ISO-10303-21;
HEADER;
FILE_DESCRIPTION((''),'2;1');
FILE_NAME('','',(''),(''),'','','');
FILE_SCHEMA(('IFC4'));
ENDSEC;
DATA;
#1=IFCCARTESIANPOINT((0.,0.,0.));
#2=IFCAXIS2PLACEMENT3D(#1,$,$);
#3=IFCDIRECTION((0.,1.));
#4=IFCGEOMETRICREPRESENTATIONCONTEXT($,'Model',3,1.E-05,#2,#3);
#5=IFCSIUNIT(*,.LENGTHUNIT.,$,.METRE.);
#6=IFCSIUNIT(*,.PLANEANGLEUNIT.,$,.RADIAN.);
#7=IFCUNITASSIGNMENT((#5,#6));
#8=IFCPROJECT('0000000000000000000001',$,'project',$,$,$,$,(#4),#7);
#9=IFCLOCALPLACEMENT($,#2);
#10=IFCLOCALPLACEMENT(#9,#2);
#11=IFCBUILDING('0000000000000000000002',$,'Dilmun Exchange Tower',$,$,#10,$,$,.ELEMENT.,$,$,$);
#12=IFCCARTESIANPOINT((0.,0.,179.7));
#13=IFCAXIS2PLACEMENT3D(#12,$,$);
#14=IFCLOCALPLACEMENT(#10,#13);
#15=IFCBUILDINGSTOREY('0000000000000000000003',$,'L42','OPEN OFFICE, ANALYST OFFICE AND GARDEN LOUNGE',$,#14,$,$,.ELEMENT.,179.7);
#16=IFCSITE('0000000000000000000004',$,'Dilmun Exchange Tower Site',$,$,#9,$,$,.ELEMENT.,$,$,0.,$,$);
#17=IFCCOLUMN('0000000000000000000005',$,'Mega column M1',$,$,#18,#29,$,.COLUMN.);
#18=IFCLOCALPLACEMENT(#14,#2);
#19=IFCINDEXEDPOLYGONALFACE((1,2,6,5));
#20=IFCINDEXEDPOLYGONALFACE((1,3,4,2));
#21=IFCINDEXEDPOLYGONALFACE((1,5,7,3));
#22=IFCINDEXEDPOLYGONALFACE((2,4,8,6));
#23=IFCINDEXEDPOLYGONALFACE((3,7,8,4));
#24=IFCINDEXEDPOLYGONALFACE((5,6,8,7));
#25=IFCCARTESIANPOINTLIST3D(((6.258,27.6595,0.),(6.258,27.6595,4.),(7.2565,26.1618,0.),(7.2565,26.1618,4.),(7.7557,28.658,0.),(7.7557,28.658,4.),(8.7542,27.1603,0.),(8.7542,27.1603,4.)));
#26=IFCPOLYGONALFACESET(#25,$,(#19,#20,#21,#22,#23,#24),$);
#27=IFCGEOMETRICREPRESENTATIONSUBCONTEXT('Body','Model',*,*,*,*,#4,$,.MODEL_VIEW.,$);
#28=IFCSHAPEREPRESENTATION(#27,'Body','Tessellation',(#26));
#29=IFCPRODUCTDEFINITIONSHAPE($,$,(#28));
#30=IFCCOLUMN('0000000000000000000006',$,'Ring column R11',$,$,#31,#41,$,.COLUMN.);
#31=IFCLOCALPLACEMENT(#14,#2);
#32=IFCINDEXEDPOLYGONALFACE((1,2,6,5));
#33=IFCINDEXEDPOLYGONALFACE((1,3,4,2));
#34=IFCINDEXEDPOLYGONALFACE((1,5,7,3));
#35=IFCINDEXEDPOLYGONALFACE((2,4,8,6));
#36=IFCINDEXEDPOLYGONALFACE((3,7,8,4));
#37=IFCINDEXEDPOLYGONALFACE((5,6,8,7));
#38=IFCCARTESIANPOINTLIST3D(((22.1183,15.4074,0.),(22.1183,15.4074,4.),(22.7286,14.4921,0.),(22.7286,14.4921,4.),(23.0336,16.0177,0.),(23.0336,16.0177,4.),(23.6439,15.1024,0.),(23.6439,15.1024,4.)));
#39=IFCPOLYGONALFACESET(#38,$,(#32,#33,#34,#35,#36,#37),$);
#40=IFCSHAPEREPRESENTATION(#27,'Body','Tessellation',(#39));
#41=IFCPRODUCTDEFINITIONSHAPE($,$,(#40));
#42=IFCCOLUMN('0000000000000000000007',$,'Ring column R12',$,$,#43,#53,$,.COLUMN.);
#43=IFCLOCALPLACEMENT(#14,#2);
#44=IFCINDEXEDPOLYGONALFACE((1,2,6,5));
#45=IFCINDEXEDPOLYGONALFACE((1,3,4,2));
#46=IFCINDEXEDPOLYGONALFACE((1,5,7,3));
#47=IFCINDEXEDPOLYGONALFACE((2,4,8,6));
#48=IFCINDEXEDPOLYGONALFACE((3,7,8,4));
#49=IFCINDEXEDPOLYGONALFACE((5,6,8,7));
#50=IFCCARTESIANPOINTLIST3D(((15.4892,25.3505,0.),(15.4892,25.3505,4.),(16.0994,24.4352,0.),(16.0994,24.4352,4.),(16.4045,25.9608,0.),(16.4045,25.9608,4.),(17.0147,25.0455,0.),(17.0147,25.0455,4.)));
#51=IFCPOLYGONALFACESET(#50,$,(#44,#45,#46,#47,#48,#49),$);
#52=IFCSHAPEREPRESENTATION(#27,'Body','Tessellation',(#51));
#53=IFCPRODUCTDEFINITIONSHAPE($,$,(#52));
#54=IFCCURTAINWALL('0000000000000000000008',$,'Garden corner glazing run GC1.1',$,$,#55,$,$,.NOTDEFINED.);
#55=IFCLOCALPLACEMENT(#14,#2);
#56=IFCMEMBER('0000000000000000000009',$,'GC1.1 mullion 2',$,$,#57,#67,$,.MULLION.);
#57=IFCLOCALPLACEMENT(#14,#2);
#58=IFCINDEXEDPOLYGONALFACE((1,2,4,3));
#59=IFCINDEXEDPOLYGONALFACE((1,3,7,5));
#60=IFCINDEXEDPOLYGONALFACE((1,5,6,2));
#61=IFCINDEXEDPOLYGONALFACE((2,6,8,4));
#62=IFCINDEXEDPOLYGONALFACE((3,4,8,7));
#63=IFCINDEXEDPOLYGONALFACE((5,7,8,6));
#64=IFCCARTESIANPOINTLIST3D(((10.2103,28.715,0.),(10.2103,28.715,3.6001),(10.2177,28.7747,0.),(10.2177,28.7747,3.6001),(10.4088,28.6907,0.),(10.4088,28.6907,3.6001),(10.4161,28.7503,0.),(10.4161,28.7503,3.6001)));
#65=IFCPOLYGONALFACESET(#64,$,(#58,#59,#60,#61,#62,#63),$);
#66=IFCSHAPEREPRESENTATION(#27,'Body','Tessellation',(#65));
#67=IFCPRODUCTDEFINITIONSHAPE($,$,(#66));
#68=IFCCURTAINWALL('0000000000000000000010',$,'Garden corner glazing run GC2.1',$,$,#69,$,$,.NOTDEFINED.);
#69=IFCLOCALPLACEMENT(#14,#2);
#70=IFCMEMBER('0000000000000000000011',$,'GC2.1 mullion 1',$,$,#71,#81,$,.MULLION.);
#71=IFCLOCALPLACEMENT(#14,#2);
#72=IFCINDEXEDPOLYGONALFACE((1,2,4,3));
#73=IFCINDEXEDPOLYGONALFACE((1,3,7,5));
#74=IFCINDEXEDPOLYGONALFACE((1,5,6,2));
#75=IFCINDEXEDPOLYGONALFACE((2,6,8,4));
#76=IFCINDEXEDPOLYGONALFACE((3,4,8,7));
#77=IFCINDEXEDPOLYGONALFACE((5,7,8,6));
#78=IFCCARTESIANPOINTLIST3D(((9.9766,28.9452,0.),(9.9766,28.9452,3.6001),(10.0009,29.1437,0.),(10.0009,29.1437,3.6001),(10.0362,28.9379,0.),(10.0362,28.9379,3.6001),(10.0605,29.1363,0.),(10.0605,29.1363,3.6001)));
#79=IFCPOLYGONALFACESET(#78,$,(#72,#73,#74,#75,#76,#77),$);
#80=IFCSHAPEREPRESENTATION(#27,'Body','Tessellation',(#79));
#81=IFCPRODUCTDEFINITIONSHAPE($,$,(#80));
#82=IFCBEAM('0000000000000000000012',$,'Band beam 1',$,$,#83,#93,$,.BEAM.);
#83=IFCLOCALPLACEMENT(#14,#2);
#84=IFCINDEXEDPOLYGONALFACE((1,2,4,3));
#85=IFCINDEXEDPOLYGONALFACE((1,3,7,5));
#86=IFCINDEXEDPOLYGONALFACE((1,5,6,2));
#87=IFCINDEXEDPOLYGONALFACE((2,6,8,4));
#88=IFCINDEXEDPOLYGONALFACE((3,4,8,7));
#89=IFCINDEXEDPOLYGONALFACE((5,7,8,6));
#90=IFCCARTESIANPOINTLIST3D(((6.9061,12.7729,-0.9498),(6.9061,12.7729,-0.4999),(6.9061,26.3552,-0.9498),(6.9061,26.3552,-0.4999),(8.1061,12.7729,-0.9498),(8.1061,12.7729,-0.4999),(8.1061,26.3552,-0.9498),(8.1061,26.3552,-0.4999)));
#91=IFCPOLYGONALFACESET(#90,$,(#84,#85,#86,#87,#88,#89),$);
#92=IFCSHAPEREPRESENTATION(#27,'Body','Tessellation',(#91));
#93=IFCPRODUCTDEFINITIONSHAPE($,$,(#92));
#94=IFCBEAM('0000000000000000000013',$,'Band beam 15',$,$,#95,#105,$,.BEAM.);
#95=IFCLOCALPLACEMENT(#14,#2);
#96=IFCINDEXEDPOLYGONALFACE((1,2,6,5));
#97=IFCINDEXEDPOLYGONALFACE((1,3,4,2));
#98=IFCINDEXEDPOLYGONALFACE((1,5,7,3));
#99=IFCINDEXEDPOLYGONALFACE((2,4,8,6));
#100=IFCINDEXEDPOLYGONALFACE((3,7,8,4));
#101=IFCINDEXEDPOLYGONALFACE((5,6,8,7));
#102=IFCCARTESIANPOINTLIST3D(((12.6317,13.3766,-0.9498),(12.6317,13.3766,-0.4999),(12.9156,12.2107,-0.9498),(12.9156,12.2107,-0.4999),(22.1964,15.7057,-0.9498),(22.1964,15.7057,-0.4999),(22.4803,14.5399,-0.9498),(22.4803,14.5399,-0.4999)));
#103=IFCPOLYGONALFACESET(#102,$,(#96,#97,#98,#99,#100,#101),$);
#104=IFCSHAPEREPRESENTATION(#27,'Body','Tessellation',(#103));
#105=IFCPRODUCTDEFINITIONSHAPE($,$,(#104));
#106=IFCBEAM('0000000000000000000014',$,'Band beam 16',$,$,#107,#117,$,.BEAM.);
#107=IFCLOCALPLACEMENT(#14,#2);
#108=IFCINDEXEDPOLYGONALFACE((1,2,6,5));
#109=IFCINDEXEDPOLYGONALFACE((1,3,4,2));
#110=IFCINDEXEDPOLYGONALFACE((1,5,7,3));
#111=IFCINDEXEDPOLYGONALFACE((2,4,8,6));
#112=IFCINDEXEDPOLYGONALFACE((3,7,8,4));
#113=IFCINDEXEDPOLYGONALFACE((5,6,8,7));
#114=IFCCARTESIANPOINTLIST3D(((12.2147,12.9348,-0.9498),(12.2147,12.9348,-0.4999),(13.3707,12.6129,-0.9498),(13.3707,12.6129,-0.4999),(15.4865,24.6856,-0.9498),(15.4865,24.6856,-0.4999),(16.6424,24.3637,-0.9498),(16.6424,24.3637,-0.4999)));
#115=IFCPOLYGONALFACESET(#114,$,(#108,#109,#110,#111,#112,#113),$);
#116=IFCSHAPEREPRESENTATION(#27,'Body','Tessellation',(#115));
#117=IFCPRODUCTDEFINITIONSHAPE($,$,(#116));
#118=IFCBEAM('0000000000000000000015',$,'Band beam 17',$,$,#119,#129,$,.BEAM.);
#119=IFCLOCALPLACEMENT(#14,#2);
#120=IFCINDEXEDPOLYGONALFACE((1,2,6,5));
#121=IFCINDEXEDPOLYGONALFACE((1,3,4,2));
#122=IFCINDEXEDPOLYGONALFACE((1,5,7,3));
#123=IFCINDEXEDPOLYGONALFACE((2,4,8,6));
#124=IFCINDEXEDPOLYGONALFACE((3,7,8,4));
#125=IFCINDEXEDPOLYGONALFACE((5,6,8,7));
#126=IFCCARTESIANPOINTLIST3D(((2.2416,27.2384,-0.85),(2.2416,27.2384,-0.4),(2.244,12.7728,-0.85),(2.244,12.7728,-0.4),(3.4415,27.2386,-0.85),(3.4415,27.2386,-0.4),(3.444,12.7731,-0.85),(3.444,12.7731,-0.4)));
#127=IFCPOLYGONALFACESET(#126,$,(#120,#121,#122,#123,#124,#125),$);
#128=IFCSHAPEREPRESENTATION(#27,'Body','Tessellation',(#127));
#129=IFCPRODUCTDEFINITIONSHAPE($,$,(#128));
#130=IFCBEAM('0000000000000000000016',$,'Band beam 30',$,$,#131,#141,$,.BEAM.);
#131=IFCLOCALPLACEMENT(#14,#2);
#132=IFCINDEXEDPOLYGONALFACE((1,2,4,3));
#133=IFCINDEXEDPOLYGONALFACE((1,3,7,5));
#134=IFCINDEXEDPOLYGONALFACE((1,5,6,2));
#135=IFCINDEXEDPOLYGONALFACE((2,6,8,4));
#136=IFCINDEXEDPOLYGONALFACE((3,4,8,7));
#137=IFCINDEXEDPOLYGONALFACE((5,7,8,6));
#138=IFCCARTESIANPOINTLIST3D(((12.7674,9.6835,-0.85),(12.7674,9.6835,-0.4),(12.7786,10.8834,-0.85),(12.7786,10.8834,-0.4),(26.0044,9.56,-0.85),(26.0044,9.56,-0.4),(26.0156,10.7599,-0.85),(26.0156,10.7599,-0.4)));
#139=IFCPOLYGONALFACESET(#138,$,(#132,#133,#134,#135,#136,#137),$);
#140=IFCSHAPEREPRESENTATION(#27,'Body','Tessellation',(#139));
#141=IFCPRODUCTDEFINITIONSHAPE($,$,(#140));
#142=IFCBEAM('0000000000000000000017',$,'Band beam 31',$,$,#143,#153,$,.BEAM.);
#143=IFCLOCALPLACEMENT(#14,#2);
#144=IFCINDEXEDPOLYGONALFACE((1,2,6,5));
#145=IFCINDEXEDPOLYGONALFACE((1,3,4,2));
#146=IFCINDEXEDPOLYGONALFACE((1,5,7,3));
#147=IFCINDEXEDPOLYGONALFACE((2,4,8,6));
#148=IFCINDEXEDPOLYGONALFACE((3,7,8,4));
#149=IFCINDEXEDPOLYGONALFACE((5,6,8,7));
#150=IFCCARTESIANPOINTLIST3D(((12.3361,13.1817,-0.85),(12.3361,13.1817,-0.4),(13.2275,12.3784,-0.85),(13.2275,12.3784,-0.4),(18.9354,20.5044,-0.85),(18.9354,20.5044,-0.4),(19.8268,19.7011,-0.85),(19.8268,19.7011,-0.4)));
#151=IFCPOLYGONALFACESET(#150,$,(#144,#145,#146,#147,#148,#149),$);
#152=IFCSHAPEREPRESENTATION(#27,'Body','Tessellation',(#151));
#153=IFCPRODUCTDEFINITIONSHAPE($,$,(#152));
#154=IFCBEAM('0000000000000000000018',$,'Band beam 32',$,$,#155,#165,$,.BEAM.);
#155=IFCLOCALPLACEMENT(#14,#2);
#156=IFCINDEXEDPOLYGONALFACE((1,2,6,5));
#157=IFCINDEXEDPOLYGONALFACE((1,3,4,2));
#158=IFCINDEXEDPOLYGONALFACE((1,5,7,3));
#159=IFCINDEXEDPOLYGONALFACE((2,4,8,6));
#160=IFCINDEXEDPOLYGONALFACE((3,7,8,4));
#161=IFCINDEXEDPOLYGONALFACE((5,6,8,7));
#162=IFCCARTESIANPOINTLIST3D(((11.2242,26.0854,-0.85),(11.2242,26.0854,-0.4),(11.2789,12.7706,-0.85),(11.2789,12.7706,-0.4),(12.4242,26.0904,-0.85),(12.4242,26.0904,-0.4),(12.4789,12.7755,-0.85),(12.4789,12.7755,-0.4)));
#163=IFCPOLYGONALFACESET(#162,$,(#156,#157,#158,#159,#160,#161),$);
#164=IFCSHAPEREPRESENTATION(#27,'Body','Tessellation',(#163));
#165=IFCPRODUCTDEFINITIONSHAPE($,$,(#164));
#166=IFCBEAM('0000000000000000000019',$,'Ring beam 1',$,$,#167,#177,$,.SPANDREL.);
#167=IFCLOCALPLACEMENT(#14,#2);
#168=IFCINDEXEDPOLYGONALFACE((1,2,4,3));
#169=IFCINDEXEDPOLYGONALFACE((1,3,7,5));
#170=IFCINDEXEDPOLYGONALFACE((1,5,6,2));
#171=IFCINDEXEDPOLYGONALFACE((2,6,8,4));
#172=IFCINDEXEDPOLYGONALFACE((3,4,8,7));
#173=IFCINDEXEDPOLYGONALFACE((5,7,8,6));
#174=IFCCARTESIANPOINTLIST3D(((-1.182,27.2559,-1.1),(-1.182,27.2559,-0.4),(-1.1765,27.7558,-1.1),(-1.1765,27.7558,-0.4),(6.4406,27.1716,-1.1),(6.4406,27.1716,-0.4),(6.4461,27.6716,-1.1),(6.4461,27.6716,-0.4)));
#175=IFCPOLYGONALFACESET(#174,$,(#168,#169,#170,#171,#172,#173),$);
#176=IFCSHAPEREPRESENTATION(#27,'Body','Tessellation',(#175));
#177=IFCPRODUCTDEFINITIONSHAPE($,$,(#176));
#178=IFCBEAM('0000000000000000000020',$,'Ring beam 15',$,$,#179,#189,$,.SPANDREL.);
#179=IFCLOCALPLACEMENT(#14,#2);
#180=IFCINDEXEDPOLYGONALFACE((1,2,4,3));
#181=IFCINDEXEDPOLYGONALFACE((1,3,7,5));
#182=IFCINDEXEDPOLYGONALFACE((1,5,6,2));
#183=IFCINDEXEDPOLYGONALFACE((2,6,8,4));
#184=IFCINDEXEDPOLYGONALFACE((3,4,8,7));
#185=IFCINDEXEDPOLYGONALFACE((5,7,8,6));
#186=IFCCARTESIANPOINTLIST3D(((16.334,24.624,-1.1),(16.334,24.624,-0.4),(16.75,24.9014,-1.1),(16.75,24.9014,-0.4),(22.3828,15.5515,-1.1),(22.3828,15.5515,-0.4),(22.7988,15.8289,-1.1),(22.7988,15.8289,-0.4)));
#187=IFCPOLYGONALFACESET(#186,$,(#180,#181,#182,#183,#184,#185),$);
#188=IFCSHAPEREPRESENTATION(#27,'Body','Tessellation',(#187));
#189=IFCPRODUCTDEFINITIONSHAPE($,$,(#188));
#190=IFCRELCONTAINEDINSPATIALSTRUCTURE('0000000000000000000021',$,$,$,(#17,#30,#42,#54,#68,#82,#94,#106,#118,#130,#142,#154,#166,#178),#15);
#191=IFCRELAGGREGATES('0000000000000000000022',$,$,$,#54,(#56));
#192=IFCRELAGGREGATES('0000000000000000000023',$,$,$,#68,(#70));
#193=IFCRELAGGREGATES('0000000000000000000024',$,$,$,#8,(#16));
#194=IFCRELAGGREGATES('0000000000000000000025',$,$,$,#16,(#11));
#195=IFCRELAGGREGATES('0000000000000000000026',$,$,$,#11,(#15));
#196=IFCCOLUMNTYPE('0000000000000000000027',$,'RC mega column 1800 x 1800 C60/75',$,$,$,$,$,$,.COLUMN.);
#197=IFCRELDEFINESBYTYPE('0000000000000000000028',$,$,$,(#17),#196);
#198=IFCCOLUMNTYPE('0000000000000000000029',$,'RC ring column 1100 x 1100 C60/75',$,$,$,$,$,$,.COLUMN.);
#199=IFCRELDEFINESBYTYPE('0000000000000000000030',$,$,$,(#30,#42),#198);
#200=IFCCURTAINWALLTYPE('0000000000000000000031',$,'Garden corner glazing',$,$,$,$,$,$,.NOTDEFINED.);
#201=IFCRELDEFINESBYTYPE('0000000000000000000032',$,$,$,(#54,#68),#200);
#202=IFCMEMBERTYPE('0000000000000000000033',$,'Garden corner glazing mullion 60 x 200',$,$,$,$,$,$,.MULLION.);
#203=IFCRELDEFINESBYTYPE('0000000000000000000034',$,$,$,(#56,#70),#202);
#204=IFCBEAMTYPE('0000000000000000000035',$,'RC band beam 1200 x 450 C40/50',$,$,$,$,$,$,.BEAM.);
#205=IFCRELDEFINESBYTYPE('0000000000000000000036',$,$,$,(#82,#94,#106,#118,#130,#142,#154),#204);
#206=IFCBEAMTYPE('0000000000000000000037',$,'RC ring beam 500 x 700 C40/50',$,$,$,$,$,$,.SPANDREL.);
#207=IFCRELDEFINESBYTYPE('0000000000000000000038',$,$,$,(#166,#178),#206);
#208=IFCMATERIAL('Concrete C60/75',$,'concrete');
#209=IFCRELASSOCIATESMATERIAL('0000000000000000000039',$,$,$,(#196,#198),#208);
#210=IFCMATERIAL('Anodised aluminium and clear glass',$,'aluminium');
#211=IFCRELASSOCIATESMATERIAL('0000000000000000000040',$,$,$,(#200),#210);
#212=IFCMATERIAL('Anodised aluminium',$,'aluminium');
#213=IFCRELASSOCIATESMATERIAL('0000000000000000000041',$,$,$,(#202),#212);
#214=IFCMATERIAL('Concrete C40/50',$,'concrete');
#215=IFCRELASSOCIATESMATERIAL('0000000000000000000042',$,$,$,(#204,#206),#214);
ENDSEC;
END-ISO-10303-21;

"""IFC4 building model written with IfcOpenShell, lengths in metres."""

from ifc_helpers import new_model, si_unit, direction, frame, origin, origin_2d, place, context, subcontext, project, spatial, rectangle, extrude, material, material_profile, profile_set, type_object, element, aggregate, save


model = new_model("IFC4")

# Units and contexts
model_context = context("Model", 3, precision=1e-05, world=origin(), true_north=direction((0.0, 1.0)))
body_context = subcontext(model_context, "Body", "Model", "MODEL_VIEW")
ifc_project = project(units=[si_unit("LENGTHUNIT", "METRE"), si_unit("PLANEANGLEUNIT", "RADIAN")], contexts=[model_context])

# Site, building, storey
site_placement = place(None, origin())
site = spatial("IfcSite", under=ifc_project, at=site_placement, Name="Dilmun Exchange Tower Site", CompositionType="ELEMENT", RefElevation=0.0)
building_placement = place(site_placement, origin())
building = spatial("IfcBuilding", under=site, at=building_placement, Name="Dilmun Exchange Tower", CompositionType="ELEMENT")
storey_placement = place(building_placement, frame((0.0, 0.0, 179.7)))
storey = spatial("IfcBuildingStorey", under=building, at=storey_placement, Name="L42", Description="OPEN OFFICE, ANALYST OFFICE AND GARDEN LOUNGE", CompositionType="ELEMENT", Elevation=179.7)

# Columns
ifc_material_1 = material(Name="Concrete C60/75", Category="concrete")
ifc_material_profile_1 = material_profile(ifc_material_1, rectangle(XDim=1.8, YDim=1.8, at=origin_2d()), Name="1800 x 1800")
ifc_profile_set_1 = profile_set([ifc_material_profile_1], Name="Concrete C60/75")
column_type_1 = type_object("IfcColumnType", Name="RC mega column 1800 x 1800 C60/75", PredefinedType="COLUMN", material=ifc_profile_set_1)
column_placement = place(storey_placement, frame((7.5061, 27.4099, 0.0), z_axis=(0.0, 0.0, 1.0), x_axis=(0.832029, 0.554733, 0.0)))
element("IfcColumn", 1, at=column_placement, inside=storey, type_object=column_type_1, Name="Mega column M1", PredefinedType="COLUMN", context=body_context, shape_type="SweptSolid", body=[
    extrude(rectangle(XDim=1.8, YDim=1.8, at=origin_2d()), origin(), (0.0, 0.0, 1.0), 4.0),
])
ifc_material_profile_2 = material_profile(ifc_material_1, rectangle(XDim=1.1001, YDim=1.1001, at=origin_2d()), Name="1100 x 1100")
ifc_profile_set_2 = profile_set([ifc_material_profile_2], Name="Concrete C60/75")
column_type_2 = type_object("IfcColumnType", Name="RC ring column 1100 x 1100 C60/75", PredefinedType="COLUMN", material=ifc_profile_set_2)
for number, where, z_axis, x_axis, name in (
    (2, (22.8811, 15.2549, 0.0), (0.0, 0.0, 1.0), (0.832029, 0.554733, 0.0), "Ring column R11"),
    (3, (16.252, 25.198, 0.0), (0.0, 0.0, 1.0), (0.832029, 0.554733, 0.0), "Ring column R12"),
):
    element("IfcColumn", number, at=place(storey_placement, frame(where, z_axis=z_axis, x_axis=x_axis)), inside=storey, type_object=column_type_2, Name=name, PredefinedType="COLUMN", context=body_context, shape_type="SweptSolid", body=[
        extrude(rectangle(XDim=1.1001, YDim=1.1001, at=origin_2d()), origin(), (0.0, 0.0, 1.0), 4.0),
    ])

# Curtain walls, members
ifc_material_2 = material(Name="Anodised aluminium and clear glass", Category="aluminium")
curtain_wall_type = type_object("IfcCurtainWallType", Name="Garden corner glazing", PredefinedType="NOTDEFINED", material=ifc_material_2)
curtain_wall_1_placement = place(storey_placement, origin())
curtain_wall_1 = element("IfcCurtainWall", 4, at=curtain_wall_1_placement, inside=storey, type_object=curtain_wall_type, Name="Garden corner glazing run GC1.1", PredefinedType="NOTDEFINED")
ifc_material_3 = material(Name="Anodised aluminium", Category="aluminium")
ifc_material_profile_3 = material_profile(ifc_material_3, rectangle(XDim=0.2, YDim=0.0601, at=origin_2d()), Name="AL 60x200")
ifc_profile_set_3 = profile_set([ifc_material_profile_3], Name="Anodised aluminium")
member_type = type_object("IfcMemberType", Name="Garden corner glazing mullion 60 x 200", PredefinedType="MULLION", material=ifc_profile_set_3)
member_1_placement = place(storey_placement, frame((10.3132, 28.7327, 0.0), z_axis=(0.0, 0.0, 1.0), x_axis=(0.992545, -0.121877, 0.0)))
member_1 = element("IfcMember", 5, at=member_1_placement, type_object=member_type, Name="GC1.1 mullion 2", PredefinedType="MULLION", context=body_context, shape_type="SweptSolid", body=[
    extrude(rectangle(XDim=0.2, YDim=0.0601, at=origin_2d()), origin(), (0.0, 0.0, 1.0), 3.6001),
])
aggregate(curtain_wall_1, [member_1])
curtain_wall_2_placement = place(storey_placement, origin())
curtain_wall_2 = element("IfcCurtainWall", 6, at=curtain_wall_2_placement, inside=storey, type_object=curtain_wall_type, Name="Garden corner glazing run GC2.1", PredefinedType="NOTDEFINED")
member_2_placement = place(storey_placement, frame((10.0186, 29.0408, 0.0), z_axis=(0.0, 0.0, 1.0), x_axis=(-0.121893, -0.992543, 0.0)))
member_2 = element("IfcMember", 7, at=member_2_placement, type_object=member_type, Name="GC2.1 mullion 1", PredefinedType="MULLION", context=body_context, shape_type="SweptSolid", body=[
    extrude(rectangle(XDim=0.2, YDim=0.0601, at=origin_2d()), origin(), (0.0, 0.0, 1.0), 3.6001),
])
aggregate(curtain_wall_2, [member_2])

# Beams
ifc_material_4 = material(Name="Concrete C40/50", Category="concrete")
ifc_material_profile_4 = material_profile(ifc_material_4, rectangle(XDim=1.2, YDim=0.45, at=origin_2d()), Name="1200 x 450")
ifc_profile_set_4 = profile_set([ifc_material_profile_4], Name="Concrete C40/50")
beam_type_1 = type_object("IfcBeamType", Name="RC band beam 1200 x 450 C40/50", PredefinedType="BEAM", material=ifc_profile_set_4)
beam_1_placement = place(storey_placement, frame((7.5061, 26.3552, -0.7249), z_axis=(0.0, -1.0, 0.0), x_axis=(1.0, 0.0, 0.0)))
element("IfcBeam", 8, at=beam_1_placement, inside=storey, type_object=beam_type_1, Name="Band beam 1", PredefinedType="BEAM", context=body_context, shape_type="SweptSolid", body=[
    extrude(rectangle(XDim=1.2, YDim=0.45, at=origin_2d()), origin(), (0.0, 0.0, 1.0), 13.5823),
])
beam_2_placement = place(storey_placement, frame((22.3384, 15.1228, -0.7249), z_axis=(-0.971608, -0.236596, 0.0), x_axis=(0.236596, -0.971608, 0.0)))
element("IfcBeam", 9, at=beam_2_placement, inside=storey, type_object=beam_type_1, Name="Band beam 15", PredefinedType="BEAM", context=body_context, shape_type="SweptSolid", body=[
    extrude(rectangle(XDim=1.2, YDim=0.45, at=origin_2d()), origin(), (0.0, 0.0, 1.0), 9.8442),
])
beam_3_placement = place(storey_placement, frame((16.0645, 24.5247, -0.7249), z_axis=(-0.268225, -0.963356, 0.0), x_axis=(0.963356, -0.268225, 0.0)))
element("IfcBeam", 10, at=beam_3_placement, inside=storey, type_object=beam_type_1, Name="Band beam 16", PredefinedType="BEAM", context=body_context, shape_type="SweptSolid", body=[
    extrude(rectangle(XDim=1.2, YDim=0.45, at=origin_2d()), origin(), (0.0, 0.0, 1.0), 12.1978),
])
beam_4_placement = place(storey_placement, frame((2.8416, 27.2385, -0.625), z_axis=(0.000169, -1.0, 0.0), x_axis=(1.0, 0.000169, 0.0)))
element("IfcBeam", 11, at=beam_4_placement, inside=storey, type_object=beam_type_1, Name="Band beam 17", PredefinedType="BEAM", context=body_context, shape_type="SweptSolid", body=[
    extrude(rectangle(XDim=1.2, YDim=0.45, at=origin_2d()), origin(), (0.0, 0.0, 1.0), 14.4656),
])
beam_5_placement = place(storey_placement, frame((26.01, 10.1599, -0.625), z_axis=(-0.999956, 0.009332, 0.0), x_axis=(-0.009332, -0.999956, 0.0)))
element("IfcBeam", 12, at=beam_5_placement, inside=storey, type_object=beam_type_1, Name="Band beam 30", PredefinedType="BEAM", context=body_context, shape_type="SweptSolid", body=[
    extrude(rectangle(XDim=1.2, YDim=0.45, at=origin_2d()), origin(), (0.0, 0.0, 1.0), 13.2375),
])
beam_6_placement = place(storey_placement, frame((19.3811, 20.1028, -0.625), z_axis=(-0.669463, -0.742846, 0.0), x_axis=(0.742846, -0.669463, 0.0)))
element("IfcBeam", 13, at=beam_6_placement, inside=storey, type_object=beam_type_1, Name="Band beam 31", PredefinedType="BEAM", context=body_context, shape_type="SweptSolid", body=[
    extrude(rectangle(XDim=1.2, YDim=0.45, at=origin_2d()), origin(), (0.0, 0.0, 1.0), 9.8577),
])
beam_7_placement = place(storey_placement, frame((11.8242, 26.0879, -0.625), z_axis=(0.004107, -0.999992, 0.0), x_axis=(0.999992, 0.004107, 0.0)))
element("IfcBeam", 14, at=beam_7_placement, inside=storey, type_object=beam_type_1, Name="Band beam 32", PredefinedType="BEAM", context=body_context, shape_type="SweptSolid", body=[
    extrude(rectangle(XDim=1.2, YDim=0.45, at=origin_2d()), origin(), (0.0, 0.0, 1.0), 13.3149),
])
ifc_material_profile_5 = material_profile(ifc_material_4, rectangle(XDim=0.5, YDim=0.7, at=origin_2d()), Name="500 x 700")
ifc_profile_set_5 = profile_set([ifc_material_profile_5], Name="Concrete C40/50")
beam_type_2 = type_object("IfcBeamType", Name="RC ring beam 500 x 700 C40/50", PredefinedType="SPANDREL", material=ifc_profile_set_5)
beam_8_placement = place(storey_placement, frame((6.4434, 27.4216, -0.75), z_axis=(-0.999939, 0.011049, 0.0), x_axis=(-0.011049, -0.999939, 0.0)))
element("IfcBeam", 15, at=beam_8_placement, inside=storey, type_object=beam_type_2, Name="Ring beam 1", PredefinedType="SPANDREL", context=body_context, shape_type="SweptSolid", body=[
    extrude(rectangle(XDim=0.5, YDim=0.7, at=origin_2d()), origin(), (0.0, 0.0, 1.0), 7.623),
])
beam_9_placement = place(storey_placement, frame((22.5908, 15.6902, -0.75), z_axis=(-0.554731, 0.83203, 0.0), x_axis=(-0.83203, -0.554731, 0.0)))
element("IfcBeam", 16, at=beam_9_placement, inside=storey, type_object=beam_type_2, Name="Ring beam 15", PredefinedType="SPANDREL", context=body_context, shape_type="SweptSolid", body=[
    extrude(rectangle(XDim=0.5, YDim=0.7, at=origin_2d()), origin(), (0.0, 0.0, 1.0), 10.9041),
])

save(model, "model.ifc")
